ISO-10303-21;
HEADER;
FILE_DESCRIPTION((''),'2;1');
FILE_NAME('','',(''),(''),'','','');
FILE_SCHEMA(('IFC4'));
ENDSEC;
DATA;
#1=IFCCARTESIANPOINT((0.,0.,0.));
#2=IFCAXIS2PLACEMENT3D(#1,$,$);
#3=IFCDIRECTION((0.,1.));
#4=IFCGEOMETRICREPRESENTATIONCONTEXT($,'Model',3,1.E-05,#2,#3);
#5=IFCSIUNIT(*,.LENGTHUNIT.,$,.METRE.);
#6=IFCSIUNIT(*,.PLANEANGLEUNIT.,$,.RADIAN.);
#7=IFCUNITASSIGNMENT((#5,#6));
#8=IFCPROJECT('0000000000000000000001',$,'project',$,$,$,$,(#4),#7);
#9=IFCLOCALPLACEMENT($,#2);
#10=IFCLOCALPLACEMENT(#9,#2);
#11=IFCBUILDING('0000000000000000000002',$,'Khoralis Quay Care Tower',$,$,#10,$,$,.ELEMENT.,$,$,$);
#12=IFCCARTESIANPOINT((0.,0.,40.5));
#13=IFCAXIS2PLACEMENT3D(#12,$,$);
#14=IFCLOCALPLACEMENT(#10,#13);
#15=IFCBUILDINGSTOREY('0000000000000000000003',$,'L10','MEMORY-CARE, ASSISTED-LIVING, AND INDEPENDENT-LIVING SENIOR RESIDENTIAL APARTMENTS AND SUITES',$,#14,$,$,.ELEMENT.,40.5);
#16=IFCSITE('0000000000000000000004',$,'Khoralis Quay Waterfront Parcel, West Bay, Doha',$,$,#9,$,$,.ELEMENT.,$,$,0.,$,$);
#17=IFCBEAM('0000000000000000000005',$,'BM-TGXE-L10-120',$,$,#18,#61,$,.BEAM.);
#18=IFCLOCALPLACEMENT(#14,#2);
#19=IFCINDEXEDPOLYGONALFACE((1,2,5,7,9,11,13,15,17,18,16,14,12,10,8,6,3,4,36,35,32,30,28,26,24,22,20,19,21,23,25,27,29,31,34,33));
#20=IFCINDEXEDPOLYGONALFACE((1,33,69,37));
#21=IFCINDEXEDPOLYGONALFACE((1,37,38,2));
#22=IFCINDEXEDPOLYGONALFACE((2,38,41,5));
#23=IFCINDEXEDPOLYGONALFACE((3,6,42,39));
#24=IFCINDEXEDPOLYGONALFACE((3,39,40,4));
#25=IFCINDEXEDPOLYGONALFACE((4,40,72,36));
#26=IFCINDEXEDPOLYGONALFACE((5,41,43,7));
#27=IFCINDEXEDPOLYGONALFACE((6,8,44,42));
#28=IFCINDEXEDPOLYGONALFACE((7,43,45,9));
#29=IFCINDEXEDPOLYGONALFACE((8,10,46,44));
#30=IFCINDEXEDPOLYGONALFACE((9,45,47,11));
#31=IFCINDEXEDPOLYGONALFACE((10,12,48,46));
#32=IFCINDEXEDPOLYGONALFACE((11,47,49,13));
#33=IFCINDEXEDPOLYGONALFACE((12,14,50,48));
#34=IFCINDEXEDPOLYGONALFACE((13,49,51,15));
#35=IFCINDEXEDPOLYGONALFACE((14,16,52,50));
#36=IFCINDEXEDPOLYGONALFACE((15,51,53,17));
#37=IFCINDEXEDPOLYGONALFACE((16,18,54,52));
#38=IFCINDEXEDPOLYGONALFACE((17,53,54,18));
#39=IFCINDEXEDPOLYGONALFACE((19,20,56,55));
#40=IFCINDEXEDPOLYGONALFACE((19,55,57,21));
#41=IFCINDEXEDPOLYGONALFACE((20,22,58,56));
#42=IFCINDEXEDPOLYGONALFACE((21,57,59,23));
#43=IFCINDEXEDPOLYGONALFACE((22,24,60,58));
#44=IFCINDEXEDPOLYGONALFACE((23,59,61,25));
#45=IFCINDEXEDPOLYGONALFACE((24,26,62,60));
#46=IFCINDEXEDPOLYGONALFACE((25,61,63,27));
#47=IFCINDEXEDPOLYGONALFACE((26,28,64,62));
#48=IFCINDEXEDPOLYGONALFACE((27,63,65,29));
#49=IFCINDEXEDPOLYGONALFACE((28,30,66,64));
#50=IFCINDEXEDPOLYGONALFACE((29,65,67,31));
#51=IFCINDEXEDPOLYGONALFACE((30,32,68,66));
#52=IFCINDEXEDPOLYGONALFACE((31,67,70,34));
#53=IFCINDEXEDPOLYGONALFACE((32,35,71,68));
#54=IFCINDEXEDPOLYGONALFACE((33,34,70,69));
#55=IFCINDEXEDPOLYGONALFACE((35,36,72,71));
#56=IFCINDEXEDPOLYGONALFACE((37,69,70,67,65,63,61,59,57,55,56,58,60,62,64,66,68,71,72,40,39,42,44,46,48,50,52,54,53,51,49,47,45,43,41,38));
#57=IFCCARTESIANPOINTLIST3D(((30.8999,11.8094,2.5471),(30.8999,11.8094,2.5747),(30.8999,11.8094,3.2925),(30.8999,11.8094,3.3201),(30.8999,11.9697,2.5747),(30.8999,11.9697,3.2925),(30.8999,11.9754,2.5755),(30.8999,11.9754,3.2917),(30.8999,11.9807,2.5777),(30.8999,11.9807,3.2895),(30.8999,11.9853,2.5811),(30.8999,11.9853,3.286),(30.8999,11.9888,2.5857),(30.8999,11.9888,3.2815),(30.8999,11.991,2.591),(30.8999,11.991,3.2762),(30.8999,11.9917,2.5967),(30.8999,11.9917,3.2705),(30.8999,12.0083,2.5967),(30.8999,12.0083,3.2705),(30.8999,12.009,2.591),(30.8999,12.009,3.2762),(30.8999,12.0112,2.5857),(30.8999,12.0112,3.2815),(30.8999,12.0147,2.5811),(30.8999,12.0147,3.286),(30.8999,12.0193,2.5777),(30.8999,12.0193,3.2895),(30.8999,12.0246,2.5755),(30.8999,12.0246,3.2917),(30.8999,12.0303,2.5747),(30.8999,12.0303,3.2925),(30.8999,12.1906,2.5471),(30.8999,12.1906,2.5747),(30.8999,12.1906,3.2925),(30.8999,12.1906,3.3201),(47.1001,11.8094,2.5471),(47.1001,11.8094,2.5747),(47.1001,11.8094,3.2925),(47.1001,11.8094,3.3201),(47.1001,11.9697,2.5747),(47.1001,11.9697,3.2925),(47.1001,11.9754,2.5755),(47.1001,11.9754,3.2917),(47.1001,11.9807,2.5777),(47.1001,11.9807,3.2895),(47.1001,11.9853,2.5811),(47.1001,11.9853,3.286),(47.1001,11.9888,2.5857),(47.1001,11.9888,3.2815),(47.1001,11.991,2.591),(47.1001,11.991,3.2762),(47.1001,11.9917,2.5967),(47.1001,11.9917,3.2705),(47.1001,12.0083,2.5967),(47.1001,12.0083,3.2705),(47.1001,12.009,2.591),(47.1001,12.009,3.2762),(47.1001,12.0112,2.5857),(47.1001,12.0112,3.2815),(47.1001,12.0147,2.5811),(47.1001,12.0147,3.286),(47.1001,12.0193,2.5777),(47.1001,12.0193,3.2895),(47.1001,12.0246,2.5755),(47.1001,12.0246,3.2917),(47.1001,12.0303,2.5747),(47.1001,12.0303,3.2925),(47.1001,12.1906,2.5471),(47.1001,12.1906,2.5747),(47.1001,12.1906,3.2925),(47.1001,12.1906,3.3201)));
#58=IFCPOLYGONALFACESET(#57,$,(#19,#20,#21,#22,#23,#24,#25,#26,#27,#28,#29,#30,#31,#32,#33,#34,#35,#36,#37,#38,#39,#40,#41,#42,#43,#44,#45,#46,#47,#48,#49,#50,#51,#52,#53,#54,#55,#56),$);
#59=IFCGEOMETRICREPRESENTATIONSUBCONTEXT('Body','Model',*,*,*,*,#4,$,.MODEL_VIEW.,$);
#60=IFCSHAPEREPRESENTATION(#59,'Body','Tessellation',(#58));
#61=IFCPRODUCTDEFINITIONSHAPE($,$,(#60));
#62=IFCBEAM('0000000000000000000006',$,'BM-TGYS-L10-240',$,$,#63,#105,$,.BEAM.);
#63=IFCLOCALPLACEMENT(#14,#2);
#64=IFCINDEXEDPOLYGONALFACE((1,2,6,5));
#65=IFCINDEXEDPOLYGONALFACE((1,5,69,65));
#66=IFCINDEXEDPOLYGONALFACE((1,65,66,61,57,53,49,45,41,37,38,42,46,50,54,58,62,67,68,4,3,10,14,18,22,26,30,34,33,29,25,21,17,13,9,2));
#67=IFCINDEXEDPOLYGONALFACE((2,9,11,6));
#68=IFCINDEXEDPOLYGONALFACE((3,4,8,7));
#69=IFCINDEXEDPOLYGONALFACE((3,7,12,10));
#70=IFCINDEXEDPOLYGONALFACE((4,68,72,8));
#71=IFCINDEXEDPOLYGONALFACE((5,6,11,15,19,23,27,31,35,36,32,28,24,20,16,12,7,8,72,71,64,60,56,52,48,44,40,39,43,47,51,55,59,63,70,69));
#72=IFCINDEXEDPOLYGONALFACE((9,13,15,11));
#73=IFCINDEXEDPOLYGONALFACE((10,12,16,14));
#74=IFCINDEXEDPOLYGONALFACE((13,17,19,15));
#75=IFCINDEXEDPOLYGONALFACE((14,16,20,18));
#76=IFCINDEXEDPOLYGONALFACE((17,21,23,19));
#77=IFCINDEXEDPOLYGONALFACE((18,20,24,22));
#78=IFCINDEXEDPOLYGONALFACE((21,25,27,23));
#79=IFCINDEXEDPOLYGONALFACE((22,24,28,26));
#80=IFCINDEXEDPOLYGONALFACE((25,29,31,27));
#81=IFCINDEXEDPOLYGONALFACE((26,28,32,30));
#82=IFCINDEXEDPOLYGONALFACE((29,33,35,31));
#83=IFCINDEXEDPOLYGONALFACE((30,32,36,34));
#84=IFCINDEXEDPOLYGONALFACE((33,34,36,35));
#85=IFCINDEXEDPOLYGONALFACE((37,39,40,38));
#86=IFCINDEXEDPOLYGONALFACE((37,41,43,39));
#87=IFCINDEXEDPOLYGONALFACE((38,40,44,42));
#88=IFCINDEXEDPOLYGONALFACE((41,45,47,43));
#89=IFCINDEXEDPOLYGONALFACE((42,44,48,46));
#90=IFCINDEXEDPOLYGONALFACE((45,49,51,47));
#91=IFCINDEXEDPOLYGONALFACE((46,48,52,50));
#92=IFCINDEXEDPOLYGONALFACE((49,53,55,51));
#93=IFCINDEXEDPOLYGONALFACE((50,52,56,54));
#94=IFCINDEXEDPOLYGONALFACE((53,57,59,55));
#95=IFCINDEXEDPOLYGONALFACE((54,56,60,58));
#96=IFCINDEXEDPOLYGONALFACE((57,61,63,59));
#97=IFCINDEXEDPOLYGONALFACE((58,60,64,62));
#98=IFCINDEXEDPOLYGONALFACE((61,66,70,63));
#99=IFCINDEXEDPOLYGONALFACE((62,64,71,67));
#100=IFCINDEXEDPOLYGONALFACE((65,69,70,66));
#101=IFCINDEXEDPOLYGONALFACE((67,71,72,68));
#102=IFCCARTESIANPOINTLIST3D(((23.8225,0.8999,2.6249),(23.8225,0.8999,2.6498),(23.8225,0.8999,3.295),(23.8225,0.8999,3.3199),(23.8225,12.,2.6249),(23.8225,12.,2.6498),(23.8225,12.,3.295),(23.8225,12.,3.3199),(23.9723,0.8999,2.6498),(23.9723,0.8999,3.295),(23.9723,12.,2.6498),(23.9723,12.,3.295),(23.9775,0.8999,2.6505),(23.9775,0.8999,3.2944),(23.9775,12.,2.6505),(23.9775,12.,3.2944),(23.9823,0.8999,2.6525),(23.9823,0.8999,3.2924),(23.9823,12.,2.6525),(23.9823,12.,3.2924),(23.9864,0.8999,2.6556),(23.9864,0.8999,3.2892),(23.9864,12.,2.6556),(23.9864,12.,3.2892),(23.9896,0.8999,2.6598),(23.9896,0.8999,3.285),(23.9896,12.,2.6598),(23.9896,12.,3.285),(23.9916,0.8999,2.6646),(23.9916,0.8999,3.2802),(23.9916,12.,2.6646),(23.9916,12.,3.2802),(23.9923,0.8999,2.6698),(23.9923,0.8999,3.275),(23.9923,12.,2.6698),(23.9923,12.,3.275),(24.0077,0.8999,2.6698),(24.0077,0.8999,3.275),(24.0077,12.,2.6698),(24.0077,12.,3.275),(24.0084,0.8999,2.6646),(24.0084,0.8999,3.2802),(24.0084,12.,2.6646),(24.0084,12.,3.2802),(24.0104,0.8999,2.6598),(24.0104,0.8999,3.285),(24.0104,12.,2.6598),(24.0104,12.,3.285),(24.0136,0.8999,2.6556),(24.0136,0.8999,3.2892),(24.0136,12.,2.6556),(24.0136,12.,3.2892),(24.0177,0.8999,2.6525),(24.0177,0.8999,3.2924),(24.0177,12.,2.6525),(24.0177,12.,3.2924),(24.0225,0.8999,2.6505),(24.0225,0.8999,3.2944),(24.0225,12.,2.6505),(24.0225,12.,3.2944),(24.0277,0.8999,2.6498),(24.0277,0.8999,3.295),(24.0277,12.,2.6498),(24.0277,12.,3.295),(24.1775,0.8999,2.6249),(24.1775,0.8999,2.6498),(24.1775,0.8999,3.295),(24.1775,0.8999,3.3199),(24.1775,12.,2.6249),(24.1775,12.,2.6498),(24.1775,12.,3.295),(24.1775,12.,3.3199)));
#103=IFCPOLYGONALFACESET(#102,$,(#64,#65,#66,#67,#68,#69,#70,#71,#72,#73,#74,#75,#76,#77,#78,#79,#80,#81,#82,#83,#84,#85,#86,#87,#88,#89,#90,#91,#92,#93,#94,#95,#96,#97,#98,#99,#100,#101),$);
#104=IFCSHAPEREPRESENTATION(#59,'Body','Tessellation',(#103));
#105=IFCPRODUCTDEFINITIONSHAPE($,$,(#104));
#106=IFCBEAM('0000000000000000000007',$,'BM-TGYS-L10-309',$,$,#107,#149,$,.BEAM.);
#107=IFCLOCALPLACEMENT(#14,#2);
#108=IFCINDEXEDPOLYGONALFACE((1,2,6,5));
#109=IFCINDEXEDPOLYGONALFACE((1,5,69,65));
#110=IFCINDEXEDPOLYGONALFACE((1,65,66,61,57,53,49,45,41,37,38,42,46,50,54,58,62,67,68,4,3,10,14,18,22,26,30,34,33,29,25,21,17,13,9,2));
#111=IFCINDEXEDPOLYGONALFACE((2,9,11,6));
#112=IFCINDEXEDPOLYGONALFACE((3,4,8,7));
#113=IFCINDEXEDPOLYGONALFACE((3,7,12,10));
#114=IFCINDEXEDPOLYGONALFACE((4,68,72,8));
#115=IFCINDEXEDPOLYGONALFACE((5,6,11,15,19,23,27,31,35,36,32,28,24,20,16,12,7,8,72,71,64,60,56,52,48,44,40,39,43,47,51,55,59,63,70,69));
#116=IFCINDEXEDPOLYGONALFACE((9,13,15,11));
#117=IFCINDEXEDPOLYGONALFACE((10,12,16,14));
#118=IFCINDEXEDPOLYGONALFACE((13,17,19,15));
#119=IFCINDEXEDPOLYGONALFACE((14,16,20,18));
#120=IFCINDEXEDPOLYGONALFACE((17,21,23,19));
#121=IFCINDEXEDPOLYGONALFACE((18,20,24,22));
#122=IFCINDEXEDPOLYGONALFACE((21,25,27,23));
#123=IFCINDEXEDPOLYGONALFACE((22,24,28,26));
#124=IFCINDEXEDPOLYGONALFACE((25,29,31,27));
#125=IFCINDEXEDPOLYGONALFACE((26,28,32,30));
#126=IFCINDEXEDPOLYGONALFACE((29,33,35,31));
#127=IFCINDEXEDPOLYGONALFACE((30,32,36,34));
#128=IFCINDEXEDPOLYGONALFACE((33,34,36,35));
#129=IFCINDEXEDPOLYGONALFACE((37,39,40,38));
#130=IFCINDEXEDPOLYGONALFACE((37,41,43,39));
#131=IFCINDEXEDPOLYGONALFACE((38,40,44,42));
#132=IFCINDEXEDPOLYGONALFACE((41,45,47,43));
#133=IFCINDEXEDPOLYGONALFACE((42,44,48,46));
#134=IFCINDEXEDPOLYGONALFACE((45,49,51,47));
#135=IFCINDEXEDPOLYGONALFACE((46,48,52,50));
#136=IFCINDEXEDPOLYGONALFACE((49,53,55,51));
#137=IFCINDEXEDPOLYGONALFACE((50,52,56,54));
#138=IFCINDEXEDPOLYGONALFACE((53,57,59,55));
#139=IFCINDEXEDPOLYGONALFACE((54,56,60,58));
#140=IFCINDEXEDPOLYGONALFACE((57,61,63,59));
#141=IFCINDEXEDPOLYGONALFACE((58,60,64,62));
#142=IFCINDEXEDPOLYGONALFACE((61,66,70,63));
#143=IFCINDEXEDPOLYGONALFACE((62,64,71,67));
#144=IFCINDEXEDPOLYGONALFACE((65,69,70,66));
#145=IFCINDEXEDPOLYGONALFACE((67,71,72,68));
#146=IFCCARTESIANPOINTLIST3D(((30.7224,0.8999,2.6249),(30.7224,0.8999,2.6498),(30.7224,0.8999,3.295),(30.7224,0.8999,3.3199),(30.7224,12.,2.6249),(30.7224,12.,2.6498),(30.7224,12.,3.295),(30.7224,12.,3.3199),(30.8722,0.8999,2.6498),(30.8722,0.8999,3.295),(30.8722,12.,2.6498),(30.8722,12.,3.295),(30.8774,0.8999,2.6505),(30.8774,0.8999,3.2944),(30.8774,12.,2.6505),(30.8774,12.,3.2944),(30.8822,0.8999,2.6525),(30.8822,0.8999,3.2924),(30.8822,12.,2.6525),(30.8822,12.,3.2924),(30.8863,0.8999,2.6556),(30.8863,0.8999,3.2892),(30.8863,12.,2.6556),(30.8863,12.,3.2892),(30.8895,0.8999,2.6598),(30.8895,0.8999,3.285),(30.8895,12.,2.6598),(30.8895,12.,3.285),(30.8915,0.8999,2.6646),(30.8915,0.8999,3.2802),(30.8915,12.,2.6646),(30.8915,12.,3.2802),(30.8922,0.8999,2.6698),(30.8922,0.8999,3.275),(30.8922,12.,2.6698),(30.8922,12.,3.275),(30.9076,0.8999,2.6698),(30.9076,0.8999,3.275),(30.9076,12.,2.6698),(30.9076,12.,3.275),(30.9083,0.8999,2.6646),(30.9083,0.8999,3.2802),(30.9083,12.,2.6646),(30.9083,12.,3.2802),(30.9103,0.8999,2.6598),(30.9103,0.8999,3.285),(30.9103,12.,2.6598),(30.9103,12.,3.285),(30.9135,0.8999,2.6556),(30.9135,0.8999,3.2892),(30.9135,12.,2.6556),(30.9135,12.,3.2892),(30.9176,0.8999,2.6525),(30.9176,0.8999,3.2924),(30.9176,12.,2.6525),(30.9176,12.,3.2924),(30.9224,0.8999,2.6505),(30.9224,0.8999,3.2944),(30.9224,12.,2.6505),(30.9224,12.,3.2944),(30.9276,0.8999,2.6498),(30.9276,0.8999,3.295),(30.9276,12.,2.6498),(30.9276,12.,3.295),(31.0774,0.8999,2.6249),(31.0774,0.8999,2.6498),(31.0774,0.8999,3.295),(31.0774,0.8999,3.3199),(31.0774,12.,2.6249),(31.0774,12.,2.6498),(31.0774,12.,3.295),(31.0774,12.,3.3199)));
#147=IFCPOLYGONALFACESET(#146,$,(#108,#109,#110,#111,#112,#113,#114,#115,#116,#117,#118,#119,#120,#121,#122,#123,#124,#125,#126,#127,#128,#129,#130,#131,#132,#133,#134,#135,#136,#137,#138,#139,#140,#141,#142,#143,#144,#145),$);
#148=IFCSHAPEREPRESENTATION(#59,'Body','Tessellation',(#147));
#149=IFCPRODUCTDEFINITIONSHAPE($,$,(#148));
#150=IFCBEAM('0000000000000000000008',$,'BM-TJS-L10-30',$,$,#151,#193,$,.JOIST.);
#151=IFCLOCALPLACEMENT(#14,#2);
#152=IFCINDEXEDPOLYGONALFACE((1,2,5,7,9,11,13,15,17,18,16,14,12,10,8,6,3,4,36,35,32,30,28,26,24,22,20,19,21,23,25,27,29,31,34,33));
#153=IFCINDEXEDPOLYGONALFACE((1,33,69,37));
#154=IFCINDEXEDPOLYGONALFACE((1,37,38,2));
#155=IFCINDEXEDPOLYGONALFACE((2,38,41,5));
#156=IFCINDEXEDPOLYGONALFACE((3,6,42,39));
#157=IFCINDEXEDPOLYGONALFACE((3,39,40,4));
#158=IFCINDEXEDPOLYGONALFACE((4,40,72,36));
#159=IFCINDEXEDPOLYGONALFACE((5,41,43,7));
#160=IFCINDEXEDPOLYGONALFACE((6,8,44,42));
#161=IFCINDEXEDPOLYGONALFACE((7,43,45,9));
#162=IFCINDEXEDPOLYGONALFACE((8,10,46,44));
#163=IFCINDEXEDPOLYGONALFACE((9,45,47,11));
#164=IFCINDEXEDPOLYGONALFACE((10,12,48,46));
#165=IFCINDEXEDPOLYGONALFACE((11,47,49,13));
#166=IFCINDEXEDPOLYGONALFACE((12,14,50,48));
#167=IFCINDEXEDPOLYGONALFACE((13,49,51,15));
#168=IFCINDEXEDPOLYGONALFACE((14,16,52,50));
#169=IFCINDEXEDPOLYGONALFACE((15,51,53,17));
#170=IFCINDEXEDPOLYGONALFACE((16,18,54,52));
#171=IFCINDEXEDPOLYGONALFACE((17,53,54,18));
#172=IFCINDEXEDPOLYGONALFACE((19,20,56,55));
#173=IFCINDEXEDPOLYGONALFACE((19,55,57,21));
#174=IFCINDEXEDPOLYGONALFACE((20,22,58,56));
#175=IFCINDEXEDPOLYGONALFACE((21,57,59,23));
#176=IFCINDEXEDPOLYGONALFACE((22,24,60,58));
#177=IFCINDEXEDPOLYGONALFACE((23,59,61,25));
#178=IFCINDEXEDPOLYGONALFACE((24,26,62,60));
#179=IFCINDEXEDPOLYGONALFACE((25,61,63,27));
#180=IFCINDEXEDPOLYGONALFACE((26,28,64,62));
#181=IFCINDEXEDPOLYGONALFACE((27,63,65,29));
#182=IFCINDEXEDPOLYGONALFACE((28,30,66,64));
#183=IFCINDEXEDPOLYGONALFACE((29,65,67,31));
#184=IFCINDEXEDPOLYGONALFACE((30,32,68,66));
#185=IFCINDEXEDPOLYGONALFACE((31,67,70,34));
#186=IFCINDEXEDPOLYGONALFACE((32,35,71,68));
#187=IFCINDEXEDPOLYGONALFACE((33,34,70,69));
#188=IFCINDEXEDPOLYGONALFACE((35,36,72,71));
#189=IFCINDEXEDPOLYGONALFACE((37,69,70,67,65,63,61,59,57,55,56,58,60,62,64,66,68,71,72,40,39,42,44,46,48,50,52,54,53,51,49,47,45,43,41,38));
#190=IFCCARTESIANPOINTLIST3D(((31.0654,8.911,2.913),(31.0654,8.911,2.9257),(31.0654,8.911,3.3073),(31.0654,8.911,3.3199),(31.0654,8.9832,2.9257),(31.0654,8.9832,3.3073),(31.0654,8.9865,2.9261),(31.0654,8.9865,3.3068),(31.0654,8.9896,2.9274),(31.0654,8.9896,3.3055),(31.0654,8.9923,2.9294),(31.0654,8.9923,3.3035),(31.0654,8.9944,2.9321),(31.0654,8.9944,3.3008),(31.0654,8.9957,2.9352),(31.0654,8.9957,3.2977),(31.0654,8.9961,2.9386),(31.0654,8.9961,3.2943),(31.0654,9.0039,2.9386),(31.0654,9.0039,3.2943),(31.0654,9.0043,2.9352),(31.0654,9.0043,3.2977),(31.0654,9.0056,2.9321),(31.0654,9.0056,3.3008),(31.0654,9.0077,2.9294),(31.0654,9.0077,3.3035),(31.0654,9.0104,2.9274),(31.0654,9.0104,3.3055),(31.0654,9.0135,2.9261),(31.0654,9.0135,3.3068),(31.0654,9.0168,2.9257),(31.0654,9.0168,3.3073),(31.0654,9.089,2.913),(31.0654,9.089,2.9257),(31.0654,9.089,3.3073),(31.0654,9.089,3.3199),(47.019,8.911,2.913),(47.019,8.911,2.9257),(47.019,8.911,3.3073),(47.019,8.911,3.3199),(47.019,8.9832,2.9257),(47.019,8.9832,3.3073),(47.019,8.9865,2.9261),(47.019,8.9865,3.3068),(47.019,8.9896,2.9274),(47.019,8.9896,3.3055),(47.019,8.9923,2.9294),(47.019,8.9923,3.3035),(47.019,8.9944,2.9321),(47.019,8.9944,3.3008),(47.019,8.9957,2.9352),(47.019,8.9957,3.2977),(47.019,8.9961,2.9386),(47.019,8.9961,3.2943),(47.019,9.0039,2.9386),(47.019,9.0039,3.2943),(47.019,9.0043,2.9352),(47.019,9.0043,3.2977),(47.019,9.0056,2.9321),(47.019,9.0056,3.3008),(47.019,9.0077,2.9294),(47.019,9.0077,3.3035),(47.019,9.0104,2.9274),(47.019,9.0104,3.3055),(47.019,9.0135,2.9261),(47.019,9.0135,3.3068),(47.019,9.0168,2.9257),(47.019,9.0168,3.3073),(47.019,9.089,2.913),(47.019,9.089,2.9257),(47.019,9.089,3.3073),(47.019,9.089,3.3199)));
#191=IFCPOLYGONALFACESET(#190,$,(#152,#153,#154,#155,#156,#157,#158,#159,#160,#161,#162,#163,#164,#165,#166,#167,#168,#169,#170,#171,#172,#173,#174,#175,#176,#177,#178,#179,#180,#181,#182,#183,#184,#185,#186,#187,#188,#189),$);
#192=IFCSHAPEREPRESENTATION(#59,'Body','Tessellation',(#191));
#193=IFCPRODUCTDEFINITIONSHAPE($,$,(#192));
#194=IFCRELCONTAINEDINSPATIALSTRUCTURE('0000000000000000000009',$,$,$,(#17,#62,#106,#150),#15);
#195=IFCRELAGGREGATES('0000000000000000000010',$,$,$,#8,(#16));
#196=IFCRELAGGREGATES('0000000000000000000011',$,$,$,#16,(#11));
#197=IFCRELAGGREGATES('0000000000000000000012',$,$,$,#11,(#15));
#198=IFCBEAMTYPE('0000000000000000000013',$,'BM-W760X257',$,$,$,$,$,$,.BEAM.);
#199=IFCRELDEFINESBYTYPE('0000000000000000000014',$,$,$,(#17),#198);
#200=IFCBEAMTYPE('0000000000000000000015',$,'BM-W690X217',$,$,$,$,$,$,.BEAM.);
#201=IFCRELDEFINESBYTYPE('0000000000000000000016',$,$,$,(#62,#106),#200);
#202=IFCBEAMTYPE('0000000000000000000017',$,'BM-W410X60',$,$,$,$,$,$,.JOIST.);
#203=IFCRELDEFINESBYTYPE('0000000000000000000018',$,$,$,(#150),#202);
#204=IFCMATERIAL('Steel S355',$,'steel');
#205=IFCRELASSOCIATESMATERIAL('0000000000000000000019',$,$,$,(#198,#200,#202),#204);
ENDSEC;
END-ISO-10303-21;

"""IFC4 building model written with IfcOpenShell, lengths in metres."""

from ifc_helpers import new_model, si_unit, direction, frame, origin, origin_2d, place, context, subcontext, project, spatial, i_section, extrude, source, transform, mapped, material, material_profile, profile_set, type_object, element, save


model = new_model("IFC4")

# Units and contexts
model_context = context("Model", 3, precision=1e-05, world=origin(), true_north=direction((0.0, 1.0)))
body_context = subcontext(model_context, "Body", "Model", "MODEL_VIEW")
ifc_project = project(units=[si_unit("LENGTHUNIT", "METRE"), si_unit("PLANEANGLEUNIT", "RADIAN")], contexts=[model_context])

# Site, building, storey
site_placement = place(None, origin())
site = spatial("IfcSite", under=ifc_project, at=site_placement, Name="Khoralis Quay Waterfront Parcel, West Bay, Doha", CompositionType="ELEMENT", RefElevation=0.0)
building_placement = place(site_placement, origin())
building = spatial("IfcBuilding", under=site, at=building_placement, Name="Khoralis Quay Care Tower", CompositionType="ELEMENT")
storey_placement = place(building_placement, frame((0.0, 0.0, 40.5)))
storey = spatial("IfcBuildingStorey", under=building, at=storey_placement, Name="L10", Description="MEMORY-CARE, ASSISTED-LIVING, AND INDEPENDENT-LIVING SENIOR RESIDENTIAL APARTMENTS AND SUITES", CompositionType="ELEMENT", Elevation=40.5)

# Beams
ifc_material_1 = material(Name="Steel S355", Category="steel")
ifc_material_profile_1 = material_profile(ifc_material_1, i_section(OverallWidth=0.3811, OverallDepth=0.7729, WebThickness=0.0166, FlangeThickness=0.0276, FilletRadius=0.022, at=origin_2d()), Name="Steel S355")
ifc_profile_set_1 = profile_set([ifc_material_profile_1], Name="Steel S355")
beam_type_1 = type_object("IfcBeamType", Name="BM-W760X257", PredefinedType="BEAM", material=ifc_profile_set_1)
shared_shape_1 = source(origin(), body_context, "Body", "SweptSolid", [
    extrude(i_section(OverallWidth=0.3811, OverallDepth=0.7729, WebThickness=0.0166, FlangeThickness=0.0276, FilletRadius=0.022, at=origin_2d()), origin(), (0.0, 0.0, 1.0), 16.2002),
])
beam_1_placement = place(storey_placement, frame((30.8999, 12.0, 2.9336), z_axis=(1.0, 0.0, 0.0), x_axis=(0.0, 1.0, 0.0)))
element("IfcBeam", 1, at=beam_1_placement, inside=storey, type_object=beam_type_1, Name="BM-TGXE-L10-120", PredefinedType="BEAM", context=body_context, shape_type="MappedRepresentation", body=[
    mapped(shared_shape_1, transform((0.0, 0.0, 0.0), scale=1.0)),
])
ifc_material_profile_2 = material_profile(ifc_material_1, i_section(OverallWidth=0.355, OverallDepth=0.6951, WebThickness=0.0154, FlangeThickness=0.0249, FilletRadius=0.02, at=origin_2d()), Name="Steel S355")
ifc_profile_set_2 = profile_set([ifc_material_profile_2], Name="Steel S355")
beam_type_2 = type_object("IfcBeamType", Name="BM-W690X217", PredefinedType="BEAM", material=ifc_profile_set_2)
shared_shape_2 = source(origin(), body_context, "Body", "SweptSolid", [
    extrude(i_section(OverallWidth=0.355, OverallDepth=0.6951, WebThickness=0.0154, FlangeThickness=0.0249, FilletRadius=0.02, at=origin_2d()), origin(), (0.0, 0.0, 1.0), 11.1001),
])
for number, where, z_axis, x_axis, name in (
    (2, (24.0, 0.8999, 2.9724), (0.0, 1.0, 0.0), (-1.0, 0.0, 0.0), "BM-TGYS-L10-240"),
    (3, (30.8999, 0.8999, 2.9724), (0.0, 1.0, 0.0), (-1.0, 0.0, 0.0), "BM-TGYS-L10-309"),
):
    element("IfcBeam", number, at=place(storey_placement, frame(where, z_axis=z_axis, x_axis=x_axis)), inside=storey, type_object=beam_type_2, Name=name, PredefinedType="BEAM", context=body_context, shape_type="MappedRepresentation", body=[
        mapped(shared_shape_2, transform((0.0, 0.0, 0.0), scale=1.0)),
    ])
ifc_material_profile_3 = material_profile(ifc_material_1, i_section(OverallWidth=0.178, OverallDepth=0.407, WebThickness=0.0078, FlangeThickness=0.0127, FilletRadius=0.0129, at=origin_2d()), Name="Steel S355")
ifc_profile_set_3 = profile_set([ifc_material_profile_3], Name="Steel S355")
beam_type_3 = type_object("IfcBeamType", Name="BM-W410X60", PredefinedType="JOIST", material=ifc_profile_set_3)
shared_shape_3 = source(origin(), body_context, "Body", "SweptSolid", [
    extrude(i_section(OverallWidth=0.178, OverallDepth=0.407, WebThickness=0.0078, FlangeThickness=0.0127, FilletRadius=0.0129, at=origin_2d()), origin(), (0.0, 0.0, 1.0), 15.9536),
])
beam_2_placement = place(storey_placement, frame((31.0654, 9.0, 3.1165), z_axis=(1.0, 0.0, 0.0), x_axis=(0.0, 1.0, 0.0)))
element("IfcBeam", 4, at=beam_2_placement, inside=storey, type_object=beam_type_3, Name="BM-TJS-L10-30", PredefinedType="JOIST", context=body_context, shape_type="MappedRepresentation", body=[
    mapped(shared_shape_3, transform((0.0, 0.0, 0.0), scale=1.0)),
])

save(model, "model.ifc")
